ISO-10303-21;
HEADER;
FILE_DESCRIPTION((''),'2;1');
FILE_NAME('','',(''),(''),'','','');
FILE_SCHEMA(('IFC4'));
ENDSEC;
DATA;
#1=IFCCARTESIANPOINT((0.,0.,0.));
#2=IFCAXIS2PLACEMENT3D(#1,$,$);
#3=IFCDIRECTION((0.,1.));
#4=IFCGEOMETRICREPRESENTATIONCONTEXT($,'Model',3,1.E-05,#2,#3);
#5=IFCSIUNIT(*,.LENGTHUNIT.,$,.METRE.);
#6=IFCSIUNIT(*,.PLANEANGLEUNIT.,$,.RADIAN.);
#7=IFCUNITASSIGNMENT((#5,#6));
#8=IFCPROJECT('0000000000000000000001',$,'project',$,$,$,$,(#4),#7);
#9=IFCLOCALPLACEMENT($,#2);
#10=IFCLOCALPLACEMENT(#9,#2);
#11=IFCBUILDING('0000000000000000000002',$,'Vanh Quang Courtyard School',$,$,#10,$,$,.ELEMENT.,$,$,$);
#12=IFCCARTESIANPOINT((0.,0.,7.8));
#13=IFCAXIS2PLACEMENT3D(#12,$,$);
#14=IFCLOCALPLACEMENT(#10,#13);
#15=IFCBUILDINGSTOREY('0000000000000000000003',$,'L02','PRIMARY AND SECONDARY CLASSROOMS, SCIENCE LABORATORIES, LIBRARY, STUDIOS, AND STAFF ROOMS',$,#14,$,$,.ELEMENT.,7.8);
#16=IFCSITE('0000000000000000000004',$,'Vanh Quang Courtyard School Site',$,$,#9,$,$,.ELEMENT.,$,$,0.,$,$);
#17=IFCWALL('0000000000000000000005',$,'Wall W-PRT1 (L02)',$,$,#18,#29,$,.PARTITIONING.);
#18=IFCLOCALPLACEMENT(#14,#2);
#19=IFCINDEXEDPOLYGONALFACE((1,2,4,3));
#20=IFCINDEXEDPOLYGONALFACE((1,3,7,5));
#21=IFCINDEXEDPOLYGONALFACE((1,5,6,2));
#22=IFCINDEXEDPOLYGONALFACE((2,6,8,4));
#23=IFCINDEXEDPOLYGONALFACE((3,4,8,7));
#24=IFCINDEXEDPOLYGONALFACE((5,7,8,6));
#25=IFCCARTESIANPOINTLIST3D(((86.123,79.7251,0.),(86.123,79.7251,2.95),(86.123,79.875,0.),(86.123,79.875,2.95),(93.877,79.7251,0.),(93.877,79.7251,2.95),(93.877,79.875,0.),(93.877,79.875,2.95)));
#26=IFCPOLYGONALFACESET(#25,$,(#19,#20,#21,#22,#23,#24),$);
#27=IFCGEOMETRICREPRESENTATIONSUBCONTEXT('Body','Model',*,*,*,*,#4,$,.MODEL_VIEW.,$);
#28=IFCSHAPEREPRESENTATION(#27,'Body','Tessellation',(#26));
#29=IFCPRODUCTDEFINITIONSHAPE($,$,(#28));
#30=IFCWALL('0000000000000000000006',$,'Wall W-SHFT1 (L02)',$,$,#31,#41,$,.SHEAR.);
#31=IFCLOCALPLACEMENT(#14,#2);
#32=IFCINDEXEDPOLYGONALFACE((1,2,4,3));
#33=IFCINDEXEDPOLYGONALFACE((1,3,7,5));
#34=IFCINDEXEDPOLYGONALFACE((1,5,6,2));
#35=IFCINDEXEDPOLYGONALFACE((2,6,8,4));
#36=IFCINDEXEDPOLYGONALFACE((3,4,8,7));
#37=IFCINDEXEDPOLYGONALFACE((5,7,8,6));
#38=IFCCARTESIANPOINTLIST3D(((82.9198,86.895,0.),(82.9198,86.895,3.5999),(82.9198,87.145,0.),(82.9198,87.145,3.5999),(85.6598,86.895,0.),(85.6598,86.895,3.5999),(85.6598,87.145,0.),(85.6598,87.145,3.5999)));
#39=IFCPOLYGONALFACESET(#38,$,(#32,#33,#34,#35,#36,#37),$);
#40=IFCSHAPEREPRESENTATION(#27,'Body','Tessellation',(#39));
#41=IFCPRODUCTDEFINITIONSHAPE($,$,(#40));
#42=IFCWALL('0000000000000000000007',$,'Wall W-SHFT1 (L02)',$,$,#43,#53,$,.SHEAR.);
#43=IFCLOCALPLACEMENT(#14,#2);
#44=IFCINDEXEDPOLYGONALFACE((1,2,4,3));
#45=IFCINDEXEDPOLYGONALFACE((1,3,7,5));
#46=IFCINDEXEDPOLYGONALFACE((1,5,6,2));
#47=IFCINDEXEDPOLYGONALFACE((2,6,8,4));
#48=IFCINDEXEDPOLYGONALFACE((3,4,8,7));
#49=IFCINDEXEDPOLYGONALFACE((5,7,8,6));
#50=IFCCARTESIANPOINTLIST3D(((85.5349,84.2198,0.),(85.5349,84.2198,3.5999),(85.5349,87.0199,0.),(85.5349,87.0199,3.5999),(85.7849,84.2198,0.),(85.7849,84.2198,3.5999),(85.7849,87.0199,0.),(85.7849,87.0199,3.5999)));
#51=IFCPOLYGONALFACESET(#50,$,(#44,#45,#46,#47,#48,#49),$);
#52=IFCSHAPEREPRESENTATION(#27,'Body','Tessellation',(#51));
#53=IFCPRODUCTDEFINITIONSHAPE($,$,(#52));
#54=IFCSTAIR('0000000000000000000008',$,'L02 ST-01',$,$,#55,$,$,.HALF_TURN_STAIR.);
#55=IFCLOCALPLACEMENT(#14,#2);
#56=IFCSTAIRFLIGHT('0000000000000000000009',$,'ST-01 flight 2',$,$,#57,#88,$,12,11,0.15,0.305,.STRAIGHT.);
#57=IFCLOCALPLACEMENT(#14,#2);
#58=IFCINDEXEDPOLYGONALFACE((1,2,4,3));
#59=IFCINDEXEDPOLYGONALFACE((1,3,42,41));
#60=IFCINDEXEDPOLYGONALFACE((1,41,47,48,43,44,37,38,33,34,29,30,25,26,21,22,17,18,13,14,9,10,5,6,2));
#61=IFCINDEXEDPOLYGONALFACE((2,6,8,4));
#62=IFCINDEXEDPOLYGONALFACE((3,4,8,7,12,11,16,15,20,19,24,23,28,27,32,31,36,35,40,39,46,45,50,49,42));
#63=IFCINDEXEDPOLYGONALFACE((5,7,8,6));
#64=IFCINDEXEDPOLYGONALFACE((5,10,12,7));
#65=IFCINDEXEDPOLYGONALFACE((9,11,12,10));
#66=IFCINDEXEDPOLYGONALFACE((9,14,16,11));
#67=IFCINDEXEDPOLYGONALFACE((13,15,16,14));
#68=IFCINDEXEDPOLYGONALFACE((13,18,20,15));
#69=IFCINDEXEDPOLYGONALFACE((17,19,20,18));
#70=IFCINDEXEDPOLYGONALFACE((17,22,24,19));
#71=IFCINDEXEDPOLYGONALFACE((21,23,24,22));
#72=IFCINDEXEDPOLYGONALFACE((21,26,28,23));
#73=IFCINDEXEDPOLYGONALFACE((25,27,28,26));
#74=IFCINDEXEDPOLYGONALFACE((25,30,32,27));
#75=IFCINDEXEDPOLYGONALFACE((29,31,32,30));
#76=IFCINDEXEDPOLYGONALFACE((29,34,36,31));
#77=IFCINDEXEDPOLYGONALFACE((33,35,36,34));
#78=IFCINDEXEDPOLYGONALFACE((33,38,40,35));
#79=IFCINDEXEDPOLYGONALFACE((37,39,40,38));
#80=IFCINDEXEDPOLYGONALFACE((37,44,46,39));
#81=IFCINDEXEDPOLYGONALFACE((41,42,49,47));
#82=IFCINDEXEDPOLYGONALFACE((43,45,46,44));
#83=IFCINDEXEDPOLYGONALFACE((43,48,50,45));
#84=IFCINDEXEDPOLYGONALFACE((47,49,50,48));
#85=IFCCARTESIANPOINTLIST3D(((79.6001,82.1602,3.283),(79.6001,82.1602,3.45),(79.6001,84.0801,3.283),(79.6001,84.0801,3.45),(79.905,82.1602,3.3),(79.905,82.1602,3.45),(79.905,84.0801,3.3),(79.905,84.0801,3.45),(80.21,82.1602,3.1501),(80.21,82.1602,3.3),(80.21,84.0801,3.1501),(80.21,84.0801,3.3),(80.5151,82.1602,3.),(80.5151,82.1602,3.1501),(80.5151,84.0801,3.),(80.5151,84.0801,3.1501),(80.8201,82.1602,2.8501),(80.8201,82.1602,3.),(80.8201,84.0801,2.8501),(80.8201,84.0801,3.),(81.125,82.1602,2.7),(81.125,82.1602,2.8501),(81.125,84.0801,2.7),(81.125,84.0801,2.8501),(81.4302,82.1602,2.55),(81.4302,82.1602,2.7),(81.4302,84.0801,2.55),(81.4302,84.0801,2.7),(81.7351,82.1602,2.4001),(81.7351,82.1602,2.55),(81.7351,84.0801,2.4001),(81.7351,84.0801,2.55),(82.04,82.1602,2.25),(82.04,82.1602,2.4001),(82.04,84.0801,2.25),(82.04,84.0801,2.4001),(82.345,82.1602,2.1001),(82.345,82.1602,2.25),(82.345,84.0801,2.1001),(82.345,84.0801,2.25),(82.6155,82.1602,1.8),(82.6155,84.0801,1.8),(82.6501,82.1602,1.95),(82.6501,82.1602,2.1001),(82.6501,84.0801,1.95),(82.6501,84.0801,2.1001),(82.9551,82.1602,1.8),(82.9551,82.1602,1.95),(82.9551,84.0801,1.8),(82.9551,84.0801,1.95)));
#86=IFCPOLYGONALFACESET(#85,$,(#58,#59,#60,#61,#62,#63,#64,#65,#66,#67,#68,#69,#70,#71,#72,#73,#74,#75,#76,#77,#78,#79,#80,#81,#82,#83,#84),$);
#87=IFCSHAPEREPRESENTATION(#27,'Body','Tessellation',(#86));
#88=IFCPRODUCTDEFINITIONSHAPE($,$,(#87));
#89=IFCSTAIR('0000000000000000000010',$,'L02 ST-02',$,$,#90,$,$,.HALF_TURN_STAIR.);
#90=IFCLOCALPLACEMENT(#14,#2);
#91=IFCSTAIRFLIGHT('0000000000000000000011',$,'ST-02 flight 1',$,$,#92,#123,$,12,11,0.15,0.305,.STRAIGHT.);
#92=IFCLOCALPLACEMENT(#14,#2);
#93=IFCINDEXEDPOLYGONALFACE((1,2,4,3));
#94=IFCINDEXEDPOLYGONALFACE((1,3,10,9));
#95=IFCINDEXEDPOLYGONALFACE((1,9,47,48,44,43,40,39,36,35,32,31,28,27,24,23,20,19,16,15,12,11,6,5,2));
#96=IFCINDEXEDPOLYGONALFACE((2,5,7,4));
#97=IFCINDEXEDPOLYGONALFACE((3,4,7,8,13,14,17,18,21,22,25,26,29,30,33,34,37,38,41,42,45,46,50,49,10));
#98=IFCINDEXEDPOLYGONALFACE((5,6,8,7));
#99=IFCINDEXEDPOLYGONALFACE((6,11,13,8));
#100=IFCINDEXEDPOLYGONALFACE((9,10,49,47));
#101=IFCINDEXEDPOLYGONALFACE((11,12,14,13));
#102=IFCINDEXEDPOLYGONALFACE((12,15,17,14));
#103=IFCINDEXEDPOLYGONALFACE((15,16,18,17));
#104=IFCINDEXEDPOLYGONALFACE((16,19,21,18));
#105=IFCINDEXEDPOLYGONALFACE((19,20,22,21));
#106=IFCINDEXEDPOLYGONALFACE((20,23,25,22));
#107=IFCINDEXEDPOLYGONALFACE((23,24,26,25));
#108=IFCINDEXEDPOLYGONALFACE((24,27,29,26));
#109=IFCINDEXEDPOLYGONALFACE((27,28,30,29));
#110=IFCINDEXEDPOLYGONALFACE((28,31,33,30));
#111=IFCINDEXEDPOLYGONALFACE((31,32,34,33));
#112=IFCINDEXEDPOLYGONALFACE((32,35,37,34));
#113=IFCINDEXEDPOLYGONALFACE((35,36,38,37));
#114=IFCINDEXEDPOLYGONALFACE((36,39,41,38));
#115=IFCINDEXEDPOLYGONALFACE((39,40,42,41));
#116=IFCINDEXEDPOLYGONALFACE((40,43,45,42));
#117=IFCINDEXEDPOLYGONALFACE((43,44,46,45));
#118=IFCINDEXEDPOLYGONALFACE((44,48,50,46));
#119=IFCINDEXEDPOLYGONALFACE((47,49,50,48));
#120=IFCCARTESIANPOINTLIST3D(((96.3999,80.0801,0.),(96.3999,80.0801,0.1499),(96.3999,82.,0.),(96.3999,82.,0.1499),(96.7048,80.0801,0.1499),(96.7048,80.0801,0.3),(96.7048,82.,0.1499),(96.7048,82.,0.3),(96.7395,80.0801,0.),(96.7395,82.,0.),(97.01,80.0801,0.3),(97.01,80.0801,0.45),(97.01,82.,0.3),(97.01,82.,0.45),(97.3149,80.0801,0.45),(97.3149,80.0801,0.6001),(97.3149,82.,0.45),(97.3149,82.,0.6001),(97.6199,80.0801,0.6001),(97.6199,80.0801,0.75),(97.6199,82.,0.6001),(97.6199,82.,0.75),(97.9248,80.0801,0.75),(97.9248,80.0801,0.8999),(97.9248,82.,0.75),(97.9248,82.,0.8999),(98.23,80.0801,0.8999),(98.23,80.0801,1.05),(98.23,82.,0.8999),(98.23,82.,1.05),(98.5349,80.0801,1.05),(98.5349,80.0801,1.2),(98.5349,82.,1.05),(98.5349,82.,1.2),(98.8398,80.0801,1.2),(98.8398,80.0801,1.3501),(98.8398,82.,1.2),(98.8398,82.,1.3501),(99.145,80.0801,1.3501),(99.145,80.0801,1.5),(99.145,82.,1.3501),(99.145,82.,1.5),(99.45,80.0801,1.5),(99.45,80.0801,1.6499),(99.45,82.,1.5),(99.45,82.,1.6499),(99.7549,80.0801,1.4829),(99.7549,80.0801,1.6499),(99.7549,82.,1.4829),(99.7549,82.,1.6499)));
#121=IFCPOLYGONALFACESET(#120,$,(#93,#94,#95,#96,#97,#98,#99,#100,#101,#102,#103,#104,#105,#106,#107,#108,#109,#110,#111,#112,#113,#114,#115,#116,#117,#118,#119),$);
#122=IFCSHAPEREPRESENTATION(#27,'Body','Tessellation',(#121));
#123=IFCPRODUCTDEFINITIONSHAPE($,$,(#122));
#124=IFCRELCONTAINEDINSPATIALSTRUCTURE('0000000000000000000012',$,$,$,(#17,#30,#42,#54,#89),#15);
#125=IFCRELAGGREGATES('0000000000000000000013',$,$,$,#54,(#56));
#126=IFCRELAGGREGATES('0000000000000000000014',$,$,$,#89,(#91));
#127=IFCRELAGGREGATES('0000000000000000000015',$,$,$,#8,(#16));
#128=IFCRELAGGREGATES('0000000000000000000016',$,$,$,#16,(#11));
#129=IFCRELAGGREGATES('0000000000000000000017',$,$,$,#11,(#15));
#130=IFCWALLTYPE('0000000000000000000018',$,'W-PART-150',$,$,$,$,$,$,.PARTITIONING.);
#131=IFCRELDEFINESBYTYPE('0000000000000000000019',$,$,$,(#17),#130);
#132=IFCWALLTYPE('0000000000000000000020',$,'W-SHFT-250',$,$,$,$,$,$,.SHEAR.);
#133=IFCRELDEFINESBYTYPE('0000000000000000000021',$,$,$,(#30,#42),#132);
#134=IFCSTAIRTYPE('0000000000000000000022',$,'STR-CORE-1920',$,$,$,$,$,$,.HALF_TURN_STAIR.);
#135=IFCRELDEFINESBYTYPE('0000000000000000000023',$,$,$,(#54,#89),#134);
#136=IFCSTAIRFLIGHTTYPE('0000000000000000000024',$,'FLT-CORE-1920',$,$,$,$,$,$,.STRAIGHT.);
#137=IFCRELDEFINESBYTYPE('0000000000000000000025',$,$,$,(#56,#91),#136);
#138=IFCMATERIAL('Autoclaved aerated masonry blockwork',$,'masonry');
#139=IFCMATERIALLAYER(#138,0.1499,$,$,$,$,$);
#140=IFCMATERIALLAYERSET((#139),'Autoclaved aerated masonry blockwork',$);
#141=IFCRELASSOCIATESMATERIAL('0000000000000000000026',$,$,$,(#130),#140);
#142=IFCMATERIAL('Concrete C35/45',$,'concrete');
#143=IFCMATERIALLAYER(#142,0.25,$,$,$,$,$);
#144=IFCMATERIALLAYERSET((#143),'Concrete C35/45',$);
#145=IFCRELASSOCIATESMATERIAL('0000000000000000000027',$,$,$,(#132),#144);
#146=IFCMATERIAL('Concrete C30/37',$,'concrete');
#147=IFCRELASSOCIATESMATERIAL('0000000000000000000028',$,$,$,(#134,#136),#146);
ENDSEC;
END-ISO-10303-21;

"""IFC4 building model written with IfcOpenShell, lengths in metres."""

from ifc_helpers import new_model, si_unit, direction, frame, frame_2d, origin, place, context, subcontext, project, spatial, polyline, rectangle, outline, extrude, material, layer, layer_set, type_object, element, aggregate, save


model = new_model("IFC4")

# Units and contexts
model_context = context("Model", 3, precision=1e-05, world=origin(), true_north=direction((0.0, 1.0)))
body_context = subcontext(model_context, "Body", "Model", "MODEL_VIEW")
ifc_project = project(units=[si_unit("LENGTHUNIT", "METRE"), si_unit("PLANEANGLEUNIT", "RADIAN")], contexts=[model_context])

# Site, building, storey
site_placement = place(None, origin())
site = spatial("IfcSite", under=ifc_project, at=site_placement, Name="Vanh Quang Courtyard School Site", CompositionType="ELEMENT", RefElevation=0.0)
building_placement = place(site_placement, origin())
building = spatial("IfcBuilding", under=site, at=building_placement, Name="Vanh Quang Courtyard School", CompositionType="ELEMENT")
storey_placement = place(building_placement, frame((0.0, 0.0, 7.8)))
storey = spatial("IfcBuildingStorey", under=building, at=storey_placement, Name="L02", Description="PRIMARY AND SECONDARY CLASSROOMS, SCIENCE LABORATORIES, LIBRARY, STUDIOS, AND STAFF ROOMS", CompositionType="ELEMENT", Elevation=7.8)

# Shared definitions
ifc_material_1 = material(Name="Concrete C35/45", Category="concrete")

# Shared definitions
ifc_material_2 = material(Name="Concrete C30/37", Category="concrete")

# Walls
ifc_material_3 = material(Name="Autoclaved aerated masonry blockwork", Category="masonry")
ifc_layer_1 = layer(ifc_material_3, 0.1499)
ifc_layer_set_1 = layer_set([ifc_layer_1], Name="Autoclaved aerated masonry blockwork")
wall_type_1 = type_object("IfcWallType", Name="W-PART-150", PredefinedType="PARTITIONING", material=ifc_layer_set_1)
wall_1_placement = place(storey_placement, frame((86.123, 79.8, 0.0), z_axis=(0.0, 0.0, 1.0), x_axis=(1.0, 0.0, 0.0)))
element("IfcWall", 1, at=wall_1_placement, inside=storey, type_object=wall_type_1, Name="Wall W-PRT1 (L02)", PredefinedType="PARTITIONING", context=body_context, shape_type="SweptSolid", body=[
    extrude(rectangle(XDim=7.7539, YDim=0.1499, at=frame_2d((3.877, 0.0))), origin(), (0.0, 0.0, 1.0), 2.95),
])
ifc_layer_2 = layer(ifc_material_1, 0.25)
ifc_layer_set_2 = layer_set([ifc_layer_2], Name="Concrete C35/45")
wall_type_2 = type_object("IfcWallType", Name="W-SHFT-250", PredefinedType="SHEAR", material=ifc_layer_set_2)
wall_2_placement = place(storey_placement, frame((85.6599, 87.02, 0.0), z_axis=(0.0, 0.0, 1.0), x_axis=(-1.0, 0.0, 0.0)))
element("IfcWall", 2, at=wall_2_placement, inside=storey, type_object=wall_type_2, Name="Wall W-SHFT1 (L02)", PredefinedType="SHEAR", context=body_context, shape_type="SweptSolid", body=[
    extrude(rectangle(XDim=2.74, YDim=0.25, at=frame_2d((1.3701, 0.0))), origin(), (0.0, 0.0, 1.0), 3.5999),
])
wall_3_placement = place(storey_placement, frame((85.6599, 84.22, 0.0), z_axis=(0.0, 0.0, 1.0), x_axis=(0.0, 1.0, 0.0)))
element("IfcWall", 3, at=wall_3_placement, inside=storey, type_object=wall_type_2, Name="Wall W-SHFT1 (L02)", PredefinedType="SHEAR", context=body_context, shape_type="SweptSolid", body=[
    extrude(rectangle(XDim=2.8, YDim=0.25, at=frame_2d((1.3999, 0.0))), origin(), (0.0, 0.0, 1.0), 3.5999),
])

# Stairs, stair flights
stair_type = type_object("IfcStairType", Name="STR-CORE-1920", PredefinedType="HALF_TURN_STAIR", material=ifc_material_2)
stair_1_placement = place(storey_placement, origin())
stair_1 = element("IfcStair", 4, at=stair_1_placement, inside=storey, type_object=stair_type, Name="L02 ST-01", PredefinedType="HALF_TURN_STAIR")
stair_flight_type = type_object("IfcStairFlightType", Name="FLT-CORE-1920", PredefinedType="STRAIGHT", material=ifc_material_2)
stair_flight_1_placement = place(storey_placement, frame((82.9551, 83.1201, 1.8), z_axis=(0.0, 0.0, 1.0), x_axis=(-1.0, 0.0, 0.0)))
stair_flight_1 = element("IfcStairFlight", 5, at=stair_flight_1_placement, type_object=stair_flight_type, Name="ST-01 flight 2", NumberOfRisers=12, NumberOfTreads=11, PredefinedType="STRAIGHT", RiserHeight=0.15, TreadLength=0.305, context=body_context, shape_type="SweptSolid", body=[
    extrude(outline(polyline([(0.0, 0.0), (0.0, 0.1499), (0.3049, 0.1499), (0.3049, 0.3), (0.6101, 0.3), (0.6101, 0.45), (0.915, 0.45), (0.915, 0.6001), (1.22, 0.6001), (1.22, 0.75), (1.5249, 0.75), (1.5249, 0.8999), (1.8301, 0.8999), (1.8301, 1.05), (2.135, 1.05), (2.135, 1.2), (2.4399, 1.2), (2.4399, 1.3501), (2.7451, 1.3501), (2.7451, 1.5), (3.05, 1.5), (3.05, 1.6499), (3.355, 1.6499), (3.355, 1.8), (3.355, 1.4829), (0.3396, 0.0), (0.0, 0.0)])), frame((0.0, 0.96, 0.0), z_axis=(0.0, -1.0, 0.0), x_axis=(1.0, 0.0, 0.0)), (0.0, 0.0, 1.0), 1.9199),
])
aggregate(stair_1, [stair_flight_1])
stair_2_placement = place(storey_placement, origin())
stair_2 = element("IfcStair", 6, at=stair_2_placement, inside=storey, type_object=stair_type, Name="L02 ST-02", PredefinedType="HALF_TURN_STAIR")
stair_flight_2_placement = place(storey_placement, frame((96.3999, 81.04, 0.0), z_axis=(0.0, 0.0, 1.0), x_axis=(1.0, 0.0, 0.0)))
stair_flight_2 = element("IfcStairFlight", 7, at=stair_flight_2_placement, type_object=stair_flight_type, Name="ST-02 flight 1", NumberOfRisers=12, NumberOfTreads=11, PredefinedType="STRAIGHT", RiserHeight=0.15, TreadLength=0.305, context=body_context, shape_type="SweptSolid", body=[
    extrude(outline(polyline([(0.0, 0.0), (0.0, 0.1499), (0.3049, 0.1499), (0.3049, 0.3), (0.6101, 0.3), (0.6101, 0.45), (0.915, 0.45), (0.915, 0.6001), (1.22, 0.6001), (1.22, 0.75), (1.5249, 0.75), (1.5249, 0.8999), (1.8301, 0.8999), (1.8301, 1.05), (2.135, 1.05), (2.135, 1.2), (2.4399, 1.2), (2.4399, 1.3501), (2.7451, 1.3501), (2.7451, 1.5), (3.05, 1.5), (3.05, 1.6499), (3.355, 1.6499), (3.355, 1.8), (3.355, 1.4829), (0.3396, 0.0), (0.0, 0.0)])), frame((0.0, 0.96, 0.0), z_axis=(0.0, -1.0, 0.0), x_axis=(1.0, 0.0, 0.0)), (0.0, 0.0, 1.0), 1.9199),
])
aggregate(stair_2, [stair_flight_2])

save(model, "model.ifc")
